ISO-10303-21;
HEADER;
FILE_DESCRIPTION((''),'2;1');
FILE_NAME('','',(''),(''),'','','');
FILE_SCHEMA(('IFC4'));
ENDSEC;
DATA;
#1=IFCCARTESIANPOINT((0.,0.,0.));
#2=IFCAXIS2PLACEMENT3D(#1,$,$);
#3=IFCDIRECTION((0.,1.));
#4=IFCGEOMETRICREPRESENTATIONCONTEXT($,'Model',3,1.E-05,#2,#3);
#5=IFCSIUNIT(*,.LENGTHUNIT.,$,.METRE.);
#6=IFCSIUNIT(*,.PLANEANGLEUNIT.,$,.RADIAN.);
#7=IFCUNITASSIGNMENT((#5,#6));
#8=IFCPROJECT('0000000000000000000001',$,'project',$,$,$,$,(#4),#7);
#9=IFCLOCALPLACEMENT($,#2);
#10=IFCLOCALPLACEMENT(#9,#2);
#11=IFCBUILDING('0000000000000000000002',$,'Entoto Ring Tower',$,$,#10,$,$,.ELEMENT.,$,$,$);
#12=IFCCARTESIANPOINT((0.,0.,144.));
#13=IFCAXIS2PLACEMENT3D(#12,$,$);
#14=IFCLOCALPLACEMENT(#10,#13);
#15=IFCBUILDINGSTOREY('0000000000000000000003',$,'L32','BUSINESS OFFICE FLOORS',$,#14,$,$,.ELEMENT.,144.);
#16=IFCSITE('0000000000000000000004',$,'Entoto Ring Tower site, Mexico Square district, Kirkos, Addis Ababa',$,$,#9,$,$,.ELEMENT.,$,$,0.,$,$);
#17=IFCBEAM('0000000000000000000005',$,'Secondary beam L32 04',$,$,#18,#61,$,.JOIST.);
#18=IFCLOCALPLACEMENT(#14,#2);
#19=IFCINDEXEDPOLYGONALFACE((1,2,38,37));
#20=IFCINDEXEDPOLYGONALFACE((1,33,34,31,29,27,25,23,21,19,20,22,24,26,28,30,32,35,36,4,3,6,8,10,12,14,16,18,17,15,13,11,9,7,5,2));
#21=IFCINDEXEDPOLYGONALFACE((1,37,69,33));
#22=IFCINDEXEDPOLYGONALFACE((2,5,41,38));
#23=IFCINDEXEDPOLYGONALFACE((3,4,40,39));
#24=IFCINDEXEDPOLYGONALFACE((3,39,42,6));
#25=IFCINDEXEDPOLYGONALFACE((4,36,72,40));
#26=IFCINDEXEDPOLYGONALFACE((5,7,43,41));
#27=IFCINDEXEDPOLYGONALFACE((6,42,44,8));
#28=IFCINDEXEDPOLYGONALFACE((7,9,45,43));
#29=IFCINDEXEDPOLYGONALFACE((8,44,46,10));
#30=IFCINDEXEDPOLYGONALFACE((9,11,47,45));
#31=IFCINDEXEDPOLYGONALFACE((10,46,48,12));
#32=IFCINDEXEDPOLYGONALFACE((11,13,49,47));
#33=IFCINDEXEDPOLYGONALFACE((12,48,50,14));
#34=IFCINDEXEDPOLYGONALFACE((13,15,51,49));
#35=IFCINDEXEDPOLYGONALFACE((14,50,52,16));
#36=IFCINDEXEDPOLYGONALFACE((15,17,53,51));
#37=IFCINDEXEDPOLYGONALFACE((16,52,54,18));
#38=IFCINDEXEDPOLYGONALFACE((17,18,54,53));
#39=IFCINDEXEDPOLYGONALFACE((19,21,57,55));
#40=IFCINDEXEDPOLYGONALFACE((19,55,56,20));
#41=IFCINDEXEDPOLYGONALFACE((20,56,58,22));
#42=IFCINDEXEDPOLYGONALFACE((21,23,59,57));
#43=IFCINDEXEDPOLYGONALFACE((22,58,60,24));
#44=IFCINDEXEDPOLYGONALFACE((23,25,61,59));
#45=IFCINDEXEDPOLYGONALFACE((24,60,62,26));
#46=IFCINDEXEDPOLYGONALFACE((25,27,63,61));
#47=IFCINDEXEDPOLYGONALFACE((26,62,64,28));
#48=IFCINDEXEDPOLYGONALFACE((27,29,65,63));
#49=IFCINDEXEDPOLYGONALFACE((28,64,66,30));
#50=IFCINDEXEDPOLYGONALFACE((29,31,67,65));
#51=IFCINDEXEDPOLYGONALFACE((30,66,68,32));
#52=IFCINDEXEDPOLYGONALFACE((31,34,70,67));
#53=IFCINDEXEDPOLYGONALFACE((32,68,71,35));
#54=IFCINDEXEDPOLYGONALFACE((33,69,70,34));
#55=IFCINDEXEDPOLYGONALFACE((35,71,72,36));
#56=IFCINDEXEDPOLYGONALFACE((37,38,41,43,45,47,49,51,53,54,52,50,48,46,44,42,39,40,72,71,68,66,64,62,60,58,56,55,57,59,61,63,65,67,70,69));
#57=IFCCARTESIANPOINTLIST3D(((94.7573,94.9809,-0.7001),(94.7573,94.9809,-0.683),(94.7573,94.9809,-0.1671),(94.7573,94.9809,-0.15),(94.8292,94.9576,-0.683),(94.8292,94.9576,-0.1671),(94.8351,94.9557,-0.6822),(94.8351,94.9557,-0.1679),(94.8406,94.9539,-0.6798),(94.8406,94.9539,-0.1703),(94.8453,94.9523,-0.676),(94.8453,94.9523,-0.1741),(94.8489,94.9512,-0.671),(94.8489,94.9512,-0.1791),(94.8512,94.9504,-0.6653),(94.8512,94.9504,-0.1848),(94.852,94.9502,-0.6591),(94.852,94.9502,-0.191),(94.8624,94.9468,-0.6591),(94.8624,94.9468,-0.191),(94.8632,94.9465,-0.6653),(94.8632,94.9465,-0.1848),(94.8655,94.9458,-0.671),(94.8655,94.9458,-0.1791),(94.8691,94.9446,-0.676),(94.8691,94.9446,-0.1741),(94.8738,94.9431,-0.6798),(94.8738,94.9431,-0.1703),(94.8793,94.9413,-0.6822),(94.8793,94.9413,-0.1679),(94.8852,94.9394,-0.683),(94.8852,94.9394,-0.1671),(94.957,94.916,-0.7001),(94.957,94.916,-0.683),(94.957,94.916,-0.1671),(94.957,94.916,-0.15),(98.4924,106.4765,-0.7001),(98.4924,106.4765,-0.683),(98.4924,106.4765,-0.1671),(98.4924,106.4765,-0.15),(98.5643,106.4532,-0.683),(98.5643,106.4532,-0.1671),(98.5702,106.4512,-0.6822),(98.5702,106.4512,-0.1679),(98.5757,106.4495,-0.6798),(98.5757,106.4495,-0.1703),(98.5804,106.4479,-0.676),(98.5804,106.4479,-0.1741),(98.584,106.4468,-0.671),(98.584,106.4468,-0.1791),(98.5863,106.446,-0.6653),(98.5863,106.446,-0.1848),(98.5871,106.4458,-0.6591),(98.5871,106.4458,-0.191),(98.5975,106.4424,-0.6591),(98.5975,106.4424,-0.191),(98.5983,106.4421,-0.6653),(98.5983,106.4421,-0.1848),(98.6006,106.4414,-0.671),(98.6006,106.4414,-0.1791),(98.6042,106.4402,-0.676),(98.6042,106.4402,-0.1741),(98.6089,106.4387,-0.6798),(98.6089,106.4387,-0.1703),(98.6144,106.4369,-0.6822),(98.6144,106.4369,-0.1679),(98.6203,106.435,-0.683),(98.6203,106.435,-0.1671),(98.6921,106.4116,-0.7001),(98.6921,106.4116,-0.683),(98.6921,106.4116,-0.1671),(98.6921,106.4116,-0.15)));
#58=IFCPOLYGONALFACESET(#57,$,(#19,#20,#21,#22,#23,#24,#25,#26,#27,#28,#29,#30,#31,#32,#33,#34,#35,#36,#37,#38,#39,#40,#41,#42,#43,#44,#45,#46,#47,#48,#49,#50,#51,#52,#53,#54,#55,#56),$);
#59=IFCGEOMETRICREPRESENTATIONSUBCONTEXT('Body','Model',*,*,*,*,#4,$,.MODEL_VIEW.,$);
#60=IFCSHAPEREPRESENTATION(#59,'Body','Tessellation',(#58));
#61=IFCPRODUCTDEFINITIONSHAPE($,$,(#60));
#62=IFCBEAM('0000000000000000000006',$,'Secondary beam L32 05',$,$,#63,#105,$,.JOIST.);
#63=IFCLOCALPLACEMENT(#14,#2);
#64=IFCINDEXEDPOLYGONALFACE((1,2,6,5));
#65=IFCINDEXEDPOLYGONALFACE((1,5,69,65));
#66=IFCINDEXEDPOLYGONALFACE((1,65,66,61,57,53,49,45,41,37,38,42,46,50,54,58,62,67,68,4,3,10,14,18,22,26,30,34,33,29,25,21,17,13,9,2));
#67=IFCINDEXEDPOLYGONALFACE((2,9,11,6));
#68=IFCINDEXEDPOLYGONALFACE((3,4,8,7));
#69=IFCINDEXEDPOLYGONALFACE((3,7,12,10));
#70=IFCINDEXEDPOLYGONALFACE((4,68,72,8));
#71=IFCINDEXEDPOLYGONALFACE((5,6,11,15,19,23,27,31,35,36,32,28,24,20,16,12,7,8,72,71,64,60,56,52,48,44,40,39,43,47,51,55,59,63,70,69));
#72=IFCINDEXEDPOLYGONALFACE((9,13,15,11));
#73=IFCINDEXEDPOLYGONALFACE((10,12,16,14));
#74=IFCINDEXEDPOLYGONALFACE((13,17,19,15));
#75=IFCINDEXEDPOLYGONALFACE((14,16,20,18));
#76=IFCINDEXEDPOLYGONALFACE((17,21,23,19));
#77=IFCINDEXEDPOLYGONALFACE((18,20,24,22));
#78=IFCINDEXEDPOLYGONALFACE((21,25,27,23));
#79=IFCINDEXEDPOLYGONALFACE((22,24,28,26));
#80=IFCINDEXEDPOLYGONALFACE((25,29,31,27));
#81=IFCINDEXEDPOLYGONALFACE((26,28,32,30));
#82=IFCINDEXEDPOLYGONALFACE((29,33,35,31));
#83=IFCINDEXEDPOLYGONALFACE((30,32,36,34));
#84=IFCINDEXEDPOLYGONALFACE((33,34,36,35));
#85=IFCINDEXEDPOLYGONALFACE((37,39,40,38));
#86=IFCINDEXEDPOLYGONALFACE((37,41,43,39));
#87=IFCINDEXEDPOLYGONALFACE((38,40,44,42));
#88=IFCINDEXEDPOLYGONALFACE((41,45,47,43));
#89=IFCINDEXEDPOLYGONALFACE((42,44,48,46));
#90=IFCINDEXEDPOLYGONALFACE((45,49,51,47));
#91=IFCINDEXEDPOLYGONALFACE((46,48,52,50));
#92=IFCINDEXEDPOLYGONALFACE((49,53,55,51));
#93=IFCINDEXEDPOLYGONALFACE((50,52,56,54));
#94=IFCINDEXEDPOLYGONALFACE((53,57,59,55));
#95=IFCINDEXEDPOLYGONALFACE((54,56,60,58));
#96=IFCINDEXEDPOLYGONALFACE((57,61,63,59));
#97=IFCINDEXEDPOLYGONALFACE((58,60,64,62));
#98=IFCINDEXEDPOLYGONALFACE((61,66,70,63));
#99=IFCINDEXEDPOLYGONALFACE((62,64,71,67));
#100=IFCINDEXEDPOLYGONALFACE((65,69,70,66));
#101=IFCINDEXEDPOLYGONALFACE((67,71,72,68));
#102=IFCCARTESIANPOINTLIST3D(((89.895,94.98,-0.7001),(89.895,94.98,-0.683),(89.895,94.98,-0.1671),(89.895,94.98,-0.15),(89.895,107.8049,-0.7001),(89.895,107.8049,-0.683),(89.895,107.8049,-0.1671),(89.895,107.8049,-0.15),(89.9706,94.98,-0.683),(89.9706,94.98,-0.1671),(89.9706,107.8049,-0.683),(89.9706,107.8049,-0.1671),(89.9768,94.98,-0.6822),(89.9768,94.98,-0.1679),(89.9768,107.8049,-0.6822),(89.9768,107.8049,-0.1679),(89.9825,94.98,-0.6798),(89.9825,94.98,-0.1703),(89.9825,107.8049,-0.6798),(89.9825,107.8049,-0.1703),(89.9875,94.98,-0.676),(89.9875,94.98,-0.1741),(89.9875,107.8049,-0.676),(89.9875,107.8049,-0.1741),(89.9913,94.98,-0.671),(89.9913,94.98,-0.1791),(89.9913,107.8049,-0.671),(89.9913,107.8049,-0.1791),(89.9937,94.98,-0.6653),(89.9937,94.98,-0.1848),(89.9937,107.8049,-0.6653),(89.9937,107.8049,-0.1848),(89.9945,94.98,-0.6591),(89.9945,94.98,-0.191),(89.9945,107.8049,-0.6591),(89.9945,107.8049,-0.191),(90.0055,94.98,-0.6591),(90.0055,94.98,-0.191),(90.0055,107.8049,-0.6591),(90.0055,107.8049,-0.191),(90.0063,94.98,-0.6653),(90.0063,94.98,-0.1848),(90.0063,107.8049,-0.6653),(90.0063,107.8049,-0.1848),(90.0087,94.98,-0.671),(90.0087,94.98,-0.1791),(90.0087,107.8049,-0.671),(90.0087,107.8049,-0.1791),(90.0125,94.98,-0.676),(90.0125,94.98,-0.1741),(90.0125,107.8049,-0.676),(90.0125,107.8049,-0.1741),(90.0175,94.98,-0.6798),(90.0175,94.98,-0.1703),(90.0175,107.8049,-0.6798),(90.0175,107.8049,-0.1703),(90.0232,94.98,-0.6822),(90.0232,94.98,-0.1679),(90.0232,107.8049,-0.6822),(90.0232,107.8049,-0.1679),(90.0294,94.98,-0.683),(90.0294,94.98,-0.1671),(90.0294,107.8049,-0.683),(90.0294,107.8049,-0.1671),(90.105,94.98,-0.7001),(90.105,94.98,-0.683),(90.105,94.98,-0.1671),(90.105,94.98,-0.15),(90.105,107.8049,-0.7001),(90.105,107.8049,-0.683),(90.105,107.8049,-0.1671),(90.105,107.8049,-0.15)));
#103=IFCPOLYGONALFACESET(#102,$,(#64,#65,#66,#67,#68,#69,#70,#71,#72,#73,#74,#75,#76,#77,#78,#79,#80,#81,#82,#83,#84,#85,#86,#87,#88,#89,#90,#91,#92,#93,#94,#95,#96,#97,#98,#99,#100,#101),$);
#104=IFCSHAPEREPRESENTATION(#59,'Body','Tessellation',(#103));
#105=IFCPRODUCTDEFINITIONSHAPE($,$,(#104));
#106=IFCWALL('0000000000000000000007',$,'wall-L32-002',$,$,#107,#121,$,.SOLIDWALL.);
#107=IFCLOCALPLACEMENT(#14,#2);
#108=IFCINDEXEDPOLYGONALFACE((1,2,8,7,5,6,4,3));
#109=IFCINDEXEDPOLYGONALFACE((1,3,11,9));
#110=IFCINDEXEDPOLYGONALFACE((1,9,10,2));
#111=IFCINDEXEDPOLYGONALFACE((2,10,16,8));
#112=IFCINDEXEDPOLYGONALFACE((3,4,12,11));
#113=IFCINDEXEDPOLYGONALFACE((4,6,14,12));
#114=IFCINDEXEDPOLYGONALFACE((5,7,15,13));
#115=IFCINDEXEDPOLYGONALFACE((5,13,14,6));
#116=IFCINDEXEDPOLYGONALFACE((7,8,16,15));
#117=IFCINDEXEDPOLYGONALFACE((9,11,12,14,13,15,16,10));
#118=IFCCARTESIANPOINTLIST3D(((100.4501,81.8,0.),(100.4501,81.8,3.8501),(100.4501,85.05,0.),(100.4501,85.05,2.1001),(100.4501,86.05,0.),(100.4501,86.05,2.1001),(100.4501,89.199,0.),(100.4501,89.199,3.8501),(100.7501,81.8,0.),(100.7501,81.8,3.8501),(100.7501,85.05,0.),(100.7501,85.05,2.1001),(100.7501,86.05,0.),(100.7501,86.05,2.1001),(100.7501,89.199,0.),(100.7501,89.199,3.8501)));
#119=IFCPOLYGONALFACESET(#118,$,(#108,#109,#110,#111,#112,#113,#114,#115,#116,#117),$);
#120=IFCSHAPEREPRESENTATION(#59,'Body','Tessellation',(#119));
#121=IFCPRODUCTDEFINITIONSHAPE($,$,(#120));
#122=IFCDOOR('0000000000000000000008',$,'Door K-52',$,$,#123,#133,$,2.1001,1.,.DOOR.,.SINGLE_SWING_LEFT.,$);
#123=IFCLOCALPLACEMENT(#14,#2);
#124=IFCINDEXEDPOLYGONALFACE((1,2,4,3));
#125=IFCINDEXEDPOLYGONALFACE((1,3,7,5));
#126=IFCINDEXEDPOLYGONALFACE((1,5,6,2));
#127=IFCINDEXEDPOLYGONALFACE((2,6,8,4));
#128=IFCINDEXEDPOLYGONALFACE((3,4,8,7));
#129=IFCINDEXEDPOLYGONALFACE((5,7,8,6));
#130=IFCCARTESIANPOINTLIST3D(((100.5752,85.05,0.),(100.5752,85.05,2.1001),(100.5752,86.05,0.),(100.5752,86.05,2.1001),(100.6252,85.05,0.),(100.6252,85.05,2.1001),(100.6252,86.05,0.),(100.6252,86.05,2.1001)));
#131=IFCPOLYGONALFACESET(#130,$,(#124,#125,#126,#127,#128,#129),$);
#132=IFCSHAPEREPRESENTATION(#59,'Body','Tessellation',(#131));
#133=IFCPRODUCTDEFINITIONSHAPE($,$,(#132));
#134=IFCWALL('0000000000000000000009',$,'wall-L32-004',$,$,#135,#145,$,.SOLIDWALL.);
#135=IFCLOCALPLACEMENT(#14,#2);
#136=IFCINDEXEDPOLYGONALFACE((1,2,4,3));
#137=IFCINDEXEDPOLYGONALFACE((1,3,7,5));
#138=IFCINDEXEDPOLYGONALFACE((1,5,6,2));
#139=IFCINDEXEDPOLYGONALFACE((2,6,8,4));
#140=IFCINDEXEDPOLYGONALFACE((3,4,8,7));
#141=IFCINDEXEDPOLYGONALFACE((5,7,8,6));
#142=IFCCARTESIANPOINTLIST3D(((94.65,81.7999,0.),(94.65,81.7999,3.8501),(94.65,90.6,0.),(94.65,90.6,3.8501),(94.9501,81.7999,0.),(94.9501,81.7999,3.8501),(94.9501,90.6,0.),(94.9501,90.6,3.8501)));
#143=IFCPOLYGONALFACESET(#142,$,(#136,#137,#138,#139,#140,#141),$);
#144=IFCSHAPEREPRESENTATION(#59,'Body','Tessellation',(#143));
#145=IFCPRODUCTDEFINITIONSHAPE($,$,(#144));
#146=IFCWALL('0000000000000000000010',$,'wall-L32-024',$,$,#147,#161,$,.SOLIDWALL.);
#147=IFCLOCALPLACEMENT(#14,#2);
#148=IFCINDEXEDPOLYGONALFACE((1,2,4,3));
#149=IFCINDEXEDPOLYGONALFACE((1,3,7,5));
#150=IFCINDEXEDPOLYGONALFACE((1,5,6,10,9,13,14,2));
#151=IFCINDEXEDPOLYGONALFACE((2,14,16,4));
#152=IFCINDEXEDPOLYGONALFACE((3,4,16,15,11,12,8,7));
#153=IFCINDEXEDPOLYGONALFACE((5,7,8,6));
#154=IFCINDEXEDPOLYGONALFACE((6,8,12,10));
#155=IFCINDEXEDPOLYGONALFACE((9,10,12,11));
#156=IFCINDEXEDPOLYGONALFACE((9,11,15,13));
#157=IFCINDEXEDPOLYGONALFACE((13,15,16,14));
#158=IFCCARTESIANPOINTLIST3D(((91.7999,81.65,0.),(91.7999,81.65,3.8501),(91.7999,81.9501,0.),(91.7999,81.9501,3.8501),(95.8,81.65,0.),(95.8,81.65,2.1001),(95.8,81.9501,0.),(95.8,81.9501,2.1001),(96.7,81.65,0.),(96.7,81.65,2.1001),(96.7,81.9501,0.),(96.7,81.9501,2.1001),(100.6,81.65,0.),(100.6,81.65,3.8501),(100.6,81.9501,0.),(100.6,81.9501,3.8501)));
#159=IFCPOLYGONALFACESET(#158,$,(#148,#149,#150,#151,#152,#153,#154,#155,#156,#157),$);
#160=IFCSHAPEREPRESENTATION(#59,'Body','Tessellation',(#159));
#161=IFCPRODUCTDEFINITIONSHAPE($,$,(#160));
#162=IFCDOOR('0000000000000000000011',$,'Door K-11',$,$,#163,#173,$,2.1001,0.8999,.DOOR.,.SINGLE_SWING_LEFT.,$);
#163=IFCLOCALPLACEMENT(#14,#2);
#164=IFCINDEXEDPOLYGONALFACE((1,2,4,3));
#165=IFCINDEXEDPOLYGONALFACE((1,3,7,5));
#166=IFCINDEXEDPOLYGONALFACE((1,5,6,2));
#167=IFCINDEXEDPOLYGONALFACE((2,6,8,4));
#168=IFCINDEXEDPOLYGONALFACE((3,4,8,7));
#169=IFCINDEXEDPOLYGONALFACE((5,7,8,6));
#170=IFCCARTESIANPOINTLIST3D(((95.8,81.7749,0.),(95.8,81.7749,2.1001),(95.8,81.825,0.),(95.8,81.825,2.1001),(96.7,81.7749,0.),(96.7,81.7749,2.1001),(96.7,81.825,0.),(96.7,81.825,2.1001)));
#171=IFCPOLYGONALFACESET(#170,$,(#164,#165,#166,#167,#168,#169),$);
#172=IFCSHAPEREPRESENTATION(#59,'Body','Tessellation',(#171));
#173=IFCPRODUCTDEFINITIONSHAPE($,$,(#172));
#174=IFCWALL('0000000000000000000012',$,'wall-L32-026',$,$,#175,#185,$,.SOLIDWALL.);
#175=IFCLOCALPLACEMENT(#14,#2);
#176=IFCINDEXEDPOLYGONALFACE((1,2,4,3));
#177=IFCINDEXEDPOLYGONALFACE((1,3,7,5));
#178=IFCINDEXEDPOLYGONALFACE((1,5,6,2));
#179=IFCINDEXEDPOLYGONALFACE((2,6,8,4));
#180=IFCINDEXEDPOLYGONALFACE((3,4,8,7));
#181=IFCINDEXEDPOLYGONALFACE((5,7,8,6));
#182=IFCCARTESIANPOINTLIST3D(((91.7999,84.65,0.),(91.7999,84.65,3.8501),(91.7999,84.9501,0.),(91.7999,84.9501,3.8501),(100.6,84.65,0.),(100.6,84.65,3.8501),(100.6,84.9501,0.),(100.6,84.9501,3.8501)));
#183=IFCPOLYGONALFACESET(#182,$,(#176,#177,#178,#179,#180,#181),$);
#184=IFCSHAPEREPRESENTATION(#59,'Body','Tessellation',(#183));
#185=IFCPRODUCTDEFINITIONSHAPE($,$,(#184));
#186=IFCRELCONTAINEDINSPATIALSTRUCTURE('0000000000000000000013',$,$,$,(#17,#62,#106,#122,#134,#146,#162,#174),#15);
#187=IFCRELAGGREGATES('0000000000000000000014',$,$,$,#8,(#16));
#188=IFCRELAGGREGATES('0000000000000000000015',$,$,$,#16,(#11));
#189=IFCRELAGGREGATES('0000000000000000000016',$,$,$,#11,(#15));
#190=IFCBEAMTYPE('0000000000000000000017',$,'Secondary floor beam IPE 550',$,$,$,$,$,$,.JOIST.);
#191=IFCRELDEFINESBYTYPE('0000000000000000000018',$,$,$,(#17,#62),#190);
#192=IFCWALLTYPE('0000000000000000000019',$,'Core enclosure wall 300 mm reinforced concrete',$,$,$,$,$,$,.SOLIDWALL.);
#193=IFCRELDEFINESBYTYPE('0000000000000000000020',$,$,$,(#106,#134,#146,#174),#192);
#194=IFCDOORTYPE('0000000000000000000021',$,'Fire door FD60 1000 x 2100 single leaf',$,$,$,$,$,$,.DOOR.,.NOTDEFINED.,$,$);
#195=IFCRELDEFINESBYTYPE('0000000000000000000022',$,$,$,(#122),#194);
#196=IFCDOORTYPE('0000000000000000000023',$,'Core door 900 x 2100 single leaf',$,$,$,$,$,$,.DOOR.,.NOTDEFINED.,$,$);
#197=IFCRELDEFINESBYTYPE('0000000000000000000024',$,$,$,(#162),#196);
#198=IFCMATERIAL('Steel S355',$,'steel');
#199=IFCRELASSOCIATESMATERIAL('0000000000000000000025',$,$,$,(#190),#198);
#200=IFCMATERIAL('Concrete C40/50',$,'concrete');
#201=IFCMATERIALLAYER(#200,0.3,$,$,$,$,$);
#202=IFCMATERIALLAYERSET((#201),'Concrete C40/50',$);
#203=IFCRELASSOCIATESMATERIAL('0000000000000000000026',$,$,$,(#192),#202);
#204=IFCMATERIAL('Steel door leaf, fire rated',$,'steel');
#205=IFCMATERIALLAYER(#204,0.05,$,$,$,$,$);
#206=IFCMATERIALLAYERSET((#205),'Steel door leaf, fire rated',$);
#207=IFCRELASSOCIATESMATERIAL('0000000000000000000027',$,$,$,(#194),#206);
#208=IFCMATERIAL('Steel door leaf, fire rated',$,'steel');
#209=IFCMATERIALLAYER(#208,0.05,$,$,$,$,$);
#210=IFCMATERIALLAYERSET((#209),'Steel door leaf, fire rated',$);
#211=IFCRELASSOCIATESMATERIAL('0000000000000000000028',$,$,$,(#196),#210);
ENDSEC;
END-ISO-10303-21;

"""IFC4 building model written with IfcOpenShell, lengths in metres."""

from ifc_helpers import new_model, si_unit, direction, frame, frame_2d, origin, origin_2d, place, context, subcontext, project, spatial, rectangle, i_section, extrude, material, layer, layer_set, material_profile, profile_set, type_object, element, fill, save


model = new_model("IFC4")

# Units and contexts
model_context = context("Model", 3, precision=1e-05, world=origin(), true_north=direction((0.0, 1.0)))
body_context = subcontext(model_context, "Body", "Model", "MODEL_VIEW")
ifc_project = project(units=[si_unit("LENGTHUNIT", "METRE"), si_unit("PLANEANGLEUNIT", "RADIAN")], contexts=[model_context])

# Site, building, storey
site_placement = place(None, origin())
site = spatial("IfcSite", under=ifc_project, at=site_placement, Name="Entoto Ring Tower site, Mexico Square district, Kirkos, Addis Ababa", CompositionType="ELEMENT", RefElevation=0.0)
building_placement = place(site_placement, origin())
building = spatial("IfcBuilding", under=site, at=building_placement, Name="Entoto Ring Tower", CompositionType="ELEMENT")
storey_placement = place(building_placement, frame((0.0, 0.0, 144.0)))
storey = spatial("IfcBuildingStorey", under=building, at=storey_placement, Name="L32", Description="BUSINESS OFFICE FLOORS", CompositionType="ELEMENT", Elevation=144.0)

# Beams
ifc_material_1 = material(Name="Steel S355", Category="steel")
ifc_material_profile_1 = material_profile(ifc_material_1, i_section(OverallWidth=0.21, OverallDepth=0.55, WebThickness=0.011, FlangeThickness=0.0171, FilletRadius=0.0239, at=origin_2d()), Name="IPE 550")
ifc_profile_set_1 = profile_set([ifc_material_profile_1], Name="Steel S355")
beam_type_1 = type_object("IfcBeamType", Name="Secondary floor beam IPE 550", PredefinedType="JOIST", material=ifc_profile_set_1)
beam_1_placement = place(storey_placement, frame((94.8572, 94.9485, -0.425), z_axis=(0.309014, 0.951058, 0.0), x_axis=(-0.951058, 0.309014, 0.0)))
element("IfcBeam", 1, at=beam_1_placement, inside=storey, type_object=beam_type_1, Name="Secondary beam L32 04", PredefinedType="JOIST", context=body_context, shape_type="SweptSolid", body=[
    extrude(i_section(OverallWidth=0.21, OverallDepth=0.55, WebThickness=0.011, FlangeThickness=0.0171, FilletRadius=0.0239, at=origin_2d()), origin(), (0.0, 0.0, 1.0), 12.0872),
])
beam_2_placement = place(storey_placement, frame((90.0, 94.98, -0.425), z_axis=(0.0, 1.0, 0.0), x_axis=(-1.0, 0.0, 0.0)))
element("IfcBeam", 2, at=beam_2_placement, inside=storey, type_object=beam_type_1, Name="Secondary beam L32 05", PredefinedType="JOIST", context=body_context, shape_type="SweptSolid", body=[
    extrude(i_section(OverallWidth=0.21, OverallDepth=0.55, WebThickness=0.011, FlangeThickness=0.0171, FilletRadius=0.0239, at=origin_2d()), origin(), (0.0, 0.0, 1.0), 12.825),
])

# Wall, opening, door
ifc_material_2 = material(Name="Concrete C40/50", Category="concrete")
ifc_layer_1 = layer(ifc_material_2, 0.3)
ifc_layer_set_1 = layer_set([ifc_layer_1], Name="Concrete C40/50")
wall_type_1 = type_object("IfcWallType", Name="Core enclosure wall 300 mm reinforced concrete", PredefinedType="SOLIDWALL", material=ifc_layer_set_1)
wall_1_placement = place(storey_placement, frame((100.6001, 81.8, 0.0), z_axis=(0.0, 0.0, 1.0), x_axis=(0.0, 1.0, 0.0)))
wall_1 = element("IfcWall", 3, at=wall_1_placement, inside=storey, type_object=wall_type_1, Name="wall-L32-002", PredefinedType="SOLIDWALL", context=body_context, shape_type="SweptSolid", body=[
    extrude(rectangle(XDim=7.3989, YDim=0.3, at=frame_2d((3.6995, 0.0))), origin(), (0.0, 0.0, 1.0), 3.8501),
])
opening_1_placement = place(wall_1_placement, frame((3.25, 0.0, 0.0)))
opening_1 = element("IfcOpeningElement", 4, at=opening_1_placement, cuts=wall_1, PredefinedType="OPENING", context=body_context, shape_type="SweptSolid", body=[
    extrude(rectangle(XDim=1.0, YDim=2.1001, at=frame_2d((0.5, 1.05))), frame((0.0, 0.1602, 0.0), z_axis=(0.0, -1.0, 0.0), x_axis=(1.0, 0.0, 0.0)), (0.0, 0.0, 1.0), 0.3201),
])
ifc_material_3 = material(Name="Steel door leaf, fire rated", Category="steel")
ifc_layer_2 = layer(ifc_material_3, 0.05)
ifc_layer_set_2 = layer_set([ifc_layer_2], Name="Steel door leaf, fire rated")
door_type_1 = type_object("IfcDoorType", Name="Fire door FD60 1000 x 2100 single leaf", OperationType="NOTDEFINED", PredefinedType="DOOR", material=ifc_layer_set_2)
door_1_placement = place(opening_1_placement, origin())
door_1 = element("IfcDoor", 5, at=door_1_placement, inside=storey, type_object=door_type_1, Name="Door K-52", OperationType="SINGLE_SWING_LEFT", OverallHeight=2.1001, OverallWidth=1.0, PredefinedType="DOOR", context=body_context, shape_type="SweptSolid", body=[
    extrude(rectangle(XDim=1.0, YDim=2.1001, at=frame_2d((0.5, 1.05))), frame((0.0, 0.0249, 0.0), z_axis=(0.0, -1.0, 0.0), x_axis=(1.0, 0.0, 0.0)), (0.0, 0.0, 1.0), 0.05),
])
fill(opening_1, door_1)

# Wall
wall_2_placement = place(storey_placement, frame((94.8, 81.8, 0.0), z_axis=(0.0, 0.0, 1.0), x_axis=(0.0, 1.0, 0.0)))
element("IfcWall", 6, at=wall_2_placement, inside=storey, type_object=wall_type_1, Name="wall-L32-004", PredefinedType="SOLIDWALL", context=body_context, shape_type="SweptSolid", body=[
    extrude(rectangle(XDim=8.8, YDim=0.3, at=frame_2d((4.3999, 0.0))), origin(), (0.0, 0.0, 1.0), 3.8501),
])

# Wall, opening, door
wall_3_placement = place(storey_placement, frame((91.8, 81.8, 0.0), z_axis=(0.0, 0.0, 1.0), x_axis=(1.0, 0.0, 0.0)))
wall_3 = element("IfcWall", 7, at=wall_3_placement, inside=storey, type_object=wall_type_1, Name="wall-L32-024", PredefinedType="SOLIDWALL", context=body_context, shape_type="SweptSolid", body=[
    extrude(rectangle(XDim=8.8, YDim=0.3, at=frame_2d((4.3999, 0.0))), origin(), (0.0, 0.0, 1.0), 3.8501),
])
opening_2_placement = place(wall_3_placement, frame((4.0, 0.0, 0.0)))
opening_2 = element("IfcOpeningElement", 8, at=opening_2_placement, cuts=wall_3, PredefinedType="OPENING", context=body_context, shape_type="SweptSolid", body=[
    extrude(rectangle(XDim=0.8999, YDim=2.1001, at=frame_2d((0.45, 1.05))), frame((0.0, 0.1602, 0.0), z_axis=(0.0, -1.0, 0.0), x_axis=(1.0, 0.0, 0.0)), (0.0, 0.0, 1.0), 0.3201),
])
ifc_material_4 = material(Name="Steel door leaf, fire rated", Category="steel")
ifc_layer_3 = layer(ifc_material_4, 0.05)
ifc_layer_set_3 = layer_set([ifc_layer_3], Name="Steel door leaf, fire rated")
door_type_2 = type_object("IfcDoorType", Name="Core door 900 x 2100 single leaf", OperationType="NOTDEFINED", PredefinedType="DOOR", material=ifc_layer_set_3)
door_2_placement = place(opening_2_placement, origin())
door_2 = element("IfcDoor", 9, at=door_2_placement, inside=storey, type_object=door_type_2, Name="Door K-11", OperationType="SINGLE_SWING_LEFT", OverallHeight=2.1001, OverallWidth=0.8999, PredefinedType="DOOR", context=body_context, shape_type="SweptSolid", body=[
    extrude(rectangle(XDim=0.8999, YDim=2.1001, at=frame_2d((0.45, 1.05))), frame((0.0, 0.0249, 0.0), z_axis=(0.0, -1.0, 0.0), x_axis=(1.0, 0.0, 0.0)), (0.0, 0.0, 1.0), 0.05),
])
fill(opening_2, door_2)

# Wall
wall_4_placement = place(storey_placement, frame((91.8, 84.8, 0.0), z_axis=(0.0, 0.0, 1.0), x_axis=(1.0, 0.0, 0.0)))
element("IfcWall", 10, at=wall_4_placement, inside=storey, type_object=wall_type_1, Name="wall-L32-026", PredefinedType="SOLIDWALL", context=body_context, shape_type="SweptSolid", body=[
    extrude(rectangle(XDim=8.8, YDim=0.3, at=frame_2d((4.3999, 0.0))), origin(), (0.0, 0.0, 1.0), 3.8501),
])

save(model, "model.ifc")
